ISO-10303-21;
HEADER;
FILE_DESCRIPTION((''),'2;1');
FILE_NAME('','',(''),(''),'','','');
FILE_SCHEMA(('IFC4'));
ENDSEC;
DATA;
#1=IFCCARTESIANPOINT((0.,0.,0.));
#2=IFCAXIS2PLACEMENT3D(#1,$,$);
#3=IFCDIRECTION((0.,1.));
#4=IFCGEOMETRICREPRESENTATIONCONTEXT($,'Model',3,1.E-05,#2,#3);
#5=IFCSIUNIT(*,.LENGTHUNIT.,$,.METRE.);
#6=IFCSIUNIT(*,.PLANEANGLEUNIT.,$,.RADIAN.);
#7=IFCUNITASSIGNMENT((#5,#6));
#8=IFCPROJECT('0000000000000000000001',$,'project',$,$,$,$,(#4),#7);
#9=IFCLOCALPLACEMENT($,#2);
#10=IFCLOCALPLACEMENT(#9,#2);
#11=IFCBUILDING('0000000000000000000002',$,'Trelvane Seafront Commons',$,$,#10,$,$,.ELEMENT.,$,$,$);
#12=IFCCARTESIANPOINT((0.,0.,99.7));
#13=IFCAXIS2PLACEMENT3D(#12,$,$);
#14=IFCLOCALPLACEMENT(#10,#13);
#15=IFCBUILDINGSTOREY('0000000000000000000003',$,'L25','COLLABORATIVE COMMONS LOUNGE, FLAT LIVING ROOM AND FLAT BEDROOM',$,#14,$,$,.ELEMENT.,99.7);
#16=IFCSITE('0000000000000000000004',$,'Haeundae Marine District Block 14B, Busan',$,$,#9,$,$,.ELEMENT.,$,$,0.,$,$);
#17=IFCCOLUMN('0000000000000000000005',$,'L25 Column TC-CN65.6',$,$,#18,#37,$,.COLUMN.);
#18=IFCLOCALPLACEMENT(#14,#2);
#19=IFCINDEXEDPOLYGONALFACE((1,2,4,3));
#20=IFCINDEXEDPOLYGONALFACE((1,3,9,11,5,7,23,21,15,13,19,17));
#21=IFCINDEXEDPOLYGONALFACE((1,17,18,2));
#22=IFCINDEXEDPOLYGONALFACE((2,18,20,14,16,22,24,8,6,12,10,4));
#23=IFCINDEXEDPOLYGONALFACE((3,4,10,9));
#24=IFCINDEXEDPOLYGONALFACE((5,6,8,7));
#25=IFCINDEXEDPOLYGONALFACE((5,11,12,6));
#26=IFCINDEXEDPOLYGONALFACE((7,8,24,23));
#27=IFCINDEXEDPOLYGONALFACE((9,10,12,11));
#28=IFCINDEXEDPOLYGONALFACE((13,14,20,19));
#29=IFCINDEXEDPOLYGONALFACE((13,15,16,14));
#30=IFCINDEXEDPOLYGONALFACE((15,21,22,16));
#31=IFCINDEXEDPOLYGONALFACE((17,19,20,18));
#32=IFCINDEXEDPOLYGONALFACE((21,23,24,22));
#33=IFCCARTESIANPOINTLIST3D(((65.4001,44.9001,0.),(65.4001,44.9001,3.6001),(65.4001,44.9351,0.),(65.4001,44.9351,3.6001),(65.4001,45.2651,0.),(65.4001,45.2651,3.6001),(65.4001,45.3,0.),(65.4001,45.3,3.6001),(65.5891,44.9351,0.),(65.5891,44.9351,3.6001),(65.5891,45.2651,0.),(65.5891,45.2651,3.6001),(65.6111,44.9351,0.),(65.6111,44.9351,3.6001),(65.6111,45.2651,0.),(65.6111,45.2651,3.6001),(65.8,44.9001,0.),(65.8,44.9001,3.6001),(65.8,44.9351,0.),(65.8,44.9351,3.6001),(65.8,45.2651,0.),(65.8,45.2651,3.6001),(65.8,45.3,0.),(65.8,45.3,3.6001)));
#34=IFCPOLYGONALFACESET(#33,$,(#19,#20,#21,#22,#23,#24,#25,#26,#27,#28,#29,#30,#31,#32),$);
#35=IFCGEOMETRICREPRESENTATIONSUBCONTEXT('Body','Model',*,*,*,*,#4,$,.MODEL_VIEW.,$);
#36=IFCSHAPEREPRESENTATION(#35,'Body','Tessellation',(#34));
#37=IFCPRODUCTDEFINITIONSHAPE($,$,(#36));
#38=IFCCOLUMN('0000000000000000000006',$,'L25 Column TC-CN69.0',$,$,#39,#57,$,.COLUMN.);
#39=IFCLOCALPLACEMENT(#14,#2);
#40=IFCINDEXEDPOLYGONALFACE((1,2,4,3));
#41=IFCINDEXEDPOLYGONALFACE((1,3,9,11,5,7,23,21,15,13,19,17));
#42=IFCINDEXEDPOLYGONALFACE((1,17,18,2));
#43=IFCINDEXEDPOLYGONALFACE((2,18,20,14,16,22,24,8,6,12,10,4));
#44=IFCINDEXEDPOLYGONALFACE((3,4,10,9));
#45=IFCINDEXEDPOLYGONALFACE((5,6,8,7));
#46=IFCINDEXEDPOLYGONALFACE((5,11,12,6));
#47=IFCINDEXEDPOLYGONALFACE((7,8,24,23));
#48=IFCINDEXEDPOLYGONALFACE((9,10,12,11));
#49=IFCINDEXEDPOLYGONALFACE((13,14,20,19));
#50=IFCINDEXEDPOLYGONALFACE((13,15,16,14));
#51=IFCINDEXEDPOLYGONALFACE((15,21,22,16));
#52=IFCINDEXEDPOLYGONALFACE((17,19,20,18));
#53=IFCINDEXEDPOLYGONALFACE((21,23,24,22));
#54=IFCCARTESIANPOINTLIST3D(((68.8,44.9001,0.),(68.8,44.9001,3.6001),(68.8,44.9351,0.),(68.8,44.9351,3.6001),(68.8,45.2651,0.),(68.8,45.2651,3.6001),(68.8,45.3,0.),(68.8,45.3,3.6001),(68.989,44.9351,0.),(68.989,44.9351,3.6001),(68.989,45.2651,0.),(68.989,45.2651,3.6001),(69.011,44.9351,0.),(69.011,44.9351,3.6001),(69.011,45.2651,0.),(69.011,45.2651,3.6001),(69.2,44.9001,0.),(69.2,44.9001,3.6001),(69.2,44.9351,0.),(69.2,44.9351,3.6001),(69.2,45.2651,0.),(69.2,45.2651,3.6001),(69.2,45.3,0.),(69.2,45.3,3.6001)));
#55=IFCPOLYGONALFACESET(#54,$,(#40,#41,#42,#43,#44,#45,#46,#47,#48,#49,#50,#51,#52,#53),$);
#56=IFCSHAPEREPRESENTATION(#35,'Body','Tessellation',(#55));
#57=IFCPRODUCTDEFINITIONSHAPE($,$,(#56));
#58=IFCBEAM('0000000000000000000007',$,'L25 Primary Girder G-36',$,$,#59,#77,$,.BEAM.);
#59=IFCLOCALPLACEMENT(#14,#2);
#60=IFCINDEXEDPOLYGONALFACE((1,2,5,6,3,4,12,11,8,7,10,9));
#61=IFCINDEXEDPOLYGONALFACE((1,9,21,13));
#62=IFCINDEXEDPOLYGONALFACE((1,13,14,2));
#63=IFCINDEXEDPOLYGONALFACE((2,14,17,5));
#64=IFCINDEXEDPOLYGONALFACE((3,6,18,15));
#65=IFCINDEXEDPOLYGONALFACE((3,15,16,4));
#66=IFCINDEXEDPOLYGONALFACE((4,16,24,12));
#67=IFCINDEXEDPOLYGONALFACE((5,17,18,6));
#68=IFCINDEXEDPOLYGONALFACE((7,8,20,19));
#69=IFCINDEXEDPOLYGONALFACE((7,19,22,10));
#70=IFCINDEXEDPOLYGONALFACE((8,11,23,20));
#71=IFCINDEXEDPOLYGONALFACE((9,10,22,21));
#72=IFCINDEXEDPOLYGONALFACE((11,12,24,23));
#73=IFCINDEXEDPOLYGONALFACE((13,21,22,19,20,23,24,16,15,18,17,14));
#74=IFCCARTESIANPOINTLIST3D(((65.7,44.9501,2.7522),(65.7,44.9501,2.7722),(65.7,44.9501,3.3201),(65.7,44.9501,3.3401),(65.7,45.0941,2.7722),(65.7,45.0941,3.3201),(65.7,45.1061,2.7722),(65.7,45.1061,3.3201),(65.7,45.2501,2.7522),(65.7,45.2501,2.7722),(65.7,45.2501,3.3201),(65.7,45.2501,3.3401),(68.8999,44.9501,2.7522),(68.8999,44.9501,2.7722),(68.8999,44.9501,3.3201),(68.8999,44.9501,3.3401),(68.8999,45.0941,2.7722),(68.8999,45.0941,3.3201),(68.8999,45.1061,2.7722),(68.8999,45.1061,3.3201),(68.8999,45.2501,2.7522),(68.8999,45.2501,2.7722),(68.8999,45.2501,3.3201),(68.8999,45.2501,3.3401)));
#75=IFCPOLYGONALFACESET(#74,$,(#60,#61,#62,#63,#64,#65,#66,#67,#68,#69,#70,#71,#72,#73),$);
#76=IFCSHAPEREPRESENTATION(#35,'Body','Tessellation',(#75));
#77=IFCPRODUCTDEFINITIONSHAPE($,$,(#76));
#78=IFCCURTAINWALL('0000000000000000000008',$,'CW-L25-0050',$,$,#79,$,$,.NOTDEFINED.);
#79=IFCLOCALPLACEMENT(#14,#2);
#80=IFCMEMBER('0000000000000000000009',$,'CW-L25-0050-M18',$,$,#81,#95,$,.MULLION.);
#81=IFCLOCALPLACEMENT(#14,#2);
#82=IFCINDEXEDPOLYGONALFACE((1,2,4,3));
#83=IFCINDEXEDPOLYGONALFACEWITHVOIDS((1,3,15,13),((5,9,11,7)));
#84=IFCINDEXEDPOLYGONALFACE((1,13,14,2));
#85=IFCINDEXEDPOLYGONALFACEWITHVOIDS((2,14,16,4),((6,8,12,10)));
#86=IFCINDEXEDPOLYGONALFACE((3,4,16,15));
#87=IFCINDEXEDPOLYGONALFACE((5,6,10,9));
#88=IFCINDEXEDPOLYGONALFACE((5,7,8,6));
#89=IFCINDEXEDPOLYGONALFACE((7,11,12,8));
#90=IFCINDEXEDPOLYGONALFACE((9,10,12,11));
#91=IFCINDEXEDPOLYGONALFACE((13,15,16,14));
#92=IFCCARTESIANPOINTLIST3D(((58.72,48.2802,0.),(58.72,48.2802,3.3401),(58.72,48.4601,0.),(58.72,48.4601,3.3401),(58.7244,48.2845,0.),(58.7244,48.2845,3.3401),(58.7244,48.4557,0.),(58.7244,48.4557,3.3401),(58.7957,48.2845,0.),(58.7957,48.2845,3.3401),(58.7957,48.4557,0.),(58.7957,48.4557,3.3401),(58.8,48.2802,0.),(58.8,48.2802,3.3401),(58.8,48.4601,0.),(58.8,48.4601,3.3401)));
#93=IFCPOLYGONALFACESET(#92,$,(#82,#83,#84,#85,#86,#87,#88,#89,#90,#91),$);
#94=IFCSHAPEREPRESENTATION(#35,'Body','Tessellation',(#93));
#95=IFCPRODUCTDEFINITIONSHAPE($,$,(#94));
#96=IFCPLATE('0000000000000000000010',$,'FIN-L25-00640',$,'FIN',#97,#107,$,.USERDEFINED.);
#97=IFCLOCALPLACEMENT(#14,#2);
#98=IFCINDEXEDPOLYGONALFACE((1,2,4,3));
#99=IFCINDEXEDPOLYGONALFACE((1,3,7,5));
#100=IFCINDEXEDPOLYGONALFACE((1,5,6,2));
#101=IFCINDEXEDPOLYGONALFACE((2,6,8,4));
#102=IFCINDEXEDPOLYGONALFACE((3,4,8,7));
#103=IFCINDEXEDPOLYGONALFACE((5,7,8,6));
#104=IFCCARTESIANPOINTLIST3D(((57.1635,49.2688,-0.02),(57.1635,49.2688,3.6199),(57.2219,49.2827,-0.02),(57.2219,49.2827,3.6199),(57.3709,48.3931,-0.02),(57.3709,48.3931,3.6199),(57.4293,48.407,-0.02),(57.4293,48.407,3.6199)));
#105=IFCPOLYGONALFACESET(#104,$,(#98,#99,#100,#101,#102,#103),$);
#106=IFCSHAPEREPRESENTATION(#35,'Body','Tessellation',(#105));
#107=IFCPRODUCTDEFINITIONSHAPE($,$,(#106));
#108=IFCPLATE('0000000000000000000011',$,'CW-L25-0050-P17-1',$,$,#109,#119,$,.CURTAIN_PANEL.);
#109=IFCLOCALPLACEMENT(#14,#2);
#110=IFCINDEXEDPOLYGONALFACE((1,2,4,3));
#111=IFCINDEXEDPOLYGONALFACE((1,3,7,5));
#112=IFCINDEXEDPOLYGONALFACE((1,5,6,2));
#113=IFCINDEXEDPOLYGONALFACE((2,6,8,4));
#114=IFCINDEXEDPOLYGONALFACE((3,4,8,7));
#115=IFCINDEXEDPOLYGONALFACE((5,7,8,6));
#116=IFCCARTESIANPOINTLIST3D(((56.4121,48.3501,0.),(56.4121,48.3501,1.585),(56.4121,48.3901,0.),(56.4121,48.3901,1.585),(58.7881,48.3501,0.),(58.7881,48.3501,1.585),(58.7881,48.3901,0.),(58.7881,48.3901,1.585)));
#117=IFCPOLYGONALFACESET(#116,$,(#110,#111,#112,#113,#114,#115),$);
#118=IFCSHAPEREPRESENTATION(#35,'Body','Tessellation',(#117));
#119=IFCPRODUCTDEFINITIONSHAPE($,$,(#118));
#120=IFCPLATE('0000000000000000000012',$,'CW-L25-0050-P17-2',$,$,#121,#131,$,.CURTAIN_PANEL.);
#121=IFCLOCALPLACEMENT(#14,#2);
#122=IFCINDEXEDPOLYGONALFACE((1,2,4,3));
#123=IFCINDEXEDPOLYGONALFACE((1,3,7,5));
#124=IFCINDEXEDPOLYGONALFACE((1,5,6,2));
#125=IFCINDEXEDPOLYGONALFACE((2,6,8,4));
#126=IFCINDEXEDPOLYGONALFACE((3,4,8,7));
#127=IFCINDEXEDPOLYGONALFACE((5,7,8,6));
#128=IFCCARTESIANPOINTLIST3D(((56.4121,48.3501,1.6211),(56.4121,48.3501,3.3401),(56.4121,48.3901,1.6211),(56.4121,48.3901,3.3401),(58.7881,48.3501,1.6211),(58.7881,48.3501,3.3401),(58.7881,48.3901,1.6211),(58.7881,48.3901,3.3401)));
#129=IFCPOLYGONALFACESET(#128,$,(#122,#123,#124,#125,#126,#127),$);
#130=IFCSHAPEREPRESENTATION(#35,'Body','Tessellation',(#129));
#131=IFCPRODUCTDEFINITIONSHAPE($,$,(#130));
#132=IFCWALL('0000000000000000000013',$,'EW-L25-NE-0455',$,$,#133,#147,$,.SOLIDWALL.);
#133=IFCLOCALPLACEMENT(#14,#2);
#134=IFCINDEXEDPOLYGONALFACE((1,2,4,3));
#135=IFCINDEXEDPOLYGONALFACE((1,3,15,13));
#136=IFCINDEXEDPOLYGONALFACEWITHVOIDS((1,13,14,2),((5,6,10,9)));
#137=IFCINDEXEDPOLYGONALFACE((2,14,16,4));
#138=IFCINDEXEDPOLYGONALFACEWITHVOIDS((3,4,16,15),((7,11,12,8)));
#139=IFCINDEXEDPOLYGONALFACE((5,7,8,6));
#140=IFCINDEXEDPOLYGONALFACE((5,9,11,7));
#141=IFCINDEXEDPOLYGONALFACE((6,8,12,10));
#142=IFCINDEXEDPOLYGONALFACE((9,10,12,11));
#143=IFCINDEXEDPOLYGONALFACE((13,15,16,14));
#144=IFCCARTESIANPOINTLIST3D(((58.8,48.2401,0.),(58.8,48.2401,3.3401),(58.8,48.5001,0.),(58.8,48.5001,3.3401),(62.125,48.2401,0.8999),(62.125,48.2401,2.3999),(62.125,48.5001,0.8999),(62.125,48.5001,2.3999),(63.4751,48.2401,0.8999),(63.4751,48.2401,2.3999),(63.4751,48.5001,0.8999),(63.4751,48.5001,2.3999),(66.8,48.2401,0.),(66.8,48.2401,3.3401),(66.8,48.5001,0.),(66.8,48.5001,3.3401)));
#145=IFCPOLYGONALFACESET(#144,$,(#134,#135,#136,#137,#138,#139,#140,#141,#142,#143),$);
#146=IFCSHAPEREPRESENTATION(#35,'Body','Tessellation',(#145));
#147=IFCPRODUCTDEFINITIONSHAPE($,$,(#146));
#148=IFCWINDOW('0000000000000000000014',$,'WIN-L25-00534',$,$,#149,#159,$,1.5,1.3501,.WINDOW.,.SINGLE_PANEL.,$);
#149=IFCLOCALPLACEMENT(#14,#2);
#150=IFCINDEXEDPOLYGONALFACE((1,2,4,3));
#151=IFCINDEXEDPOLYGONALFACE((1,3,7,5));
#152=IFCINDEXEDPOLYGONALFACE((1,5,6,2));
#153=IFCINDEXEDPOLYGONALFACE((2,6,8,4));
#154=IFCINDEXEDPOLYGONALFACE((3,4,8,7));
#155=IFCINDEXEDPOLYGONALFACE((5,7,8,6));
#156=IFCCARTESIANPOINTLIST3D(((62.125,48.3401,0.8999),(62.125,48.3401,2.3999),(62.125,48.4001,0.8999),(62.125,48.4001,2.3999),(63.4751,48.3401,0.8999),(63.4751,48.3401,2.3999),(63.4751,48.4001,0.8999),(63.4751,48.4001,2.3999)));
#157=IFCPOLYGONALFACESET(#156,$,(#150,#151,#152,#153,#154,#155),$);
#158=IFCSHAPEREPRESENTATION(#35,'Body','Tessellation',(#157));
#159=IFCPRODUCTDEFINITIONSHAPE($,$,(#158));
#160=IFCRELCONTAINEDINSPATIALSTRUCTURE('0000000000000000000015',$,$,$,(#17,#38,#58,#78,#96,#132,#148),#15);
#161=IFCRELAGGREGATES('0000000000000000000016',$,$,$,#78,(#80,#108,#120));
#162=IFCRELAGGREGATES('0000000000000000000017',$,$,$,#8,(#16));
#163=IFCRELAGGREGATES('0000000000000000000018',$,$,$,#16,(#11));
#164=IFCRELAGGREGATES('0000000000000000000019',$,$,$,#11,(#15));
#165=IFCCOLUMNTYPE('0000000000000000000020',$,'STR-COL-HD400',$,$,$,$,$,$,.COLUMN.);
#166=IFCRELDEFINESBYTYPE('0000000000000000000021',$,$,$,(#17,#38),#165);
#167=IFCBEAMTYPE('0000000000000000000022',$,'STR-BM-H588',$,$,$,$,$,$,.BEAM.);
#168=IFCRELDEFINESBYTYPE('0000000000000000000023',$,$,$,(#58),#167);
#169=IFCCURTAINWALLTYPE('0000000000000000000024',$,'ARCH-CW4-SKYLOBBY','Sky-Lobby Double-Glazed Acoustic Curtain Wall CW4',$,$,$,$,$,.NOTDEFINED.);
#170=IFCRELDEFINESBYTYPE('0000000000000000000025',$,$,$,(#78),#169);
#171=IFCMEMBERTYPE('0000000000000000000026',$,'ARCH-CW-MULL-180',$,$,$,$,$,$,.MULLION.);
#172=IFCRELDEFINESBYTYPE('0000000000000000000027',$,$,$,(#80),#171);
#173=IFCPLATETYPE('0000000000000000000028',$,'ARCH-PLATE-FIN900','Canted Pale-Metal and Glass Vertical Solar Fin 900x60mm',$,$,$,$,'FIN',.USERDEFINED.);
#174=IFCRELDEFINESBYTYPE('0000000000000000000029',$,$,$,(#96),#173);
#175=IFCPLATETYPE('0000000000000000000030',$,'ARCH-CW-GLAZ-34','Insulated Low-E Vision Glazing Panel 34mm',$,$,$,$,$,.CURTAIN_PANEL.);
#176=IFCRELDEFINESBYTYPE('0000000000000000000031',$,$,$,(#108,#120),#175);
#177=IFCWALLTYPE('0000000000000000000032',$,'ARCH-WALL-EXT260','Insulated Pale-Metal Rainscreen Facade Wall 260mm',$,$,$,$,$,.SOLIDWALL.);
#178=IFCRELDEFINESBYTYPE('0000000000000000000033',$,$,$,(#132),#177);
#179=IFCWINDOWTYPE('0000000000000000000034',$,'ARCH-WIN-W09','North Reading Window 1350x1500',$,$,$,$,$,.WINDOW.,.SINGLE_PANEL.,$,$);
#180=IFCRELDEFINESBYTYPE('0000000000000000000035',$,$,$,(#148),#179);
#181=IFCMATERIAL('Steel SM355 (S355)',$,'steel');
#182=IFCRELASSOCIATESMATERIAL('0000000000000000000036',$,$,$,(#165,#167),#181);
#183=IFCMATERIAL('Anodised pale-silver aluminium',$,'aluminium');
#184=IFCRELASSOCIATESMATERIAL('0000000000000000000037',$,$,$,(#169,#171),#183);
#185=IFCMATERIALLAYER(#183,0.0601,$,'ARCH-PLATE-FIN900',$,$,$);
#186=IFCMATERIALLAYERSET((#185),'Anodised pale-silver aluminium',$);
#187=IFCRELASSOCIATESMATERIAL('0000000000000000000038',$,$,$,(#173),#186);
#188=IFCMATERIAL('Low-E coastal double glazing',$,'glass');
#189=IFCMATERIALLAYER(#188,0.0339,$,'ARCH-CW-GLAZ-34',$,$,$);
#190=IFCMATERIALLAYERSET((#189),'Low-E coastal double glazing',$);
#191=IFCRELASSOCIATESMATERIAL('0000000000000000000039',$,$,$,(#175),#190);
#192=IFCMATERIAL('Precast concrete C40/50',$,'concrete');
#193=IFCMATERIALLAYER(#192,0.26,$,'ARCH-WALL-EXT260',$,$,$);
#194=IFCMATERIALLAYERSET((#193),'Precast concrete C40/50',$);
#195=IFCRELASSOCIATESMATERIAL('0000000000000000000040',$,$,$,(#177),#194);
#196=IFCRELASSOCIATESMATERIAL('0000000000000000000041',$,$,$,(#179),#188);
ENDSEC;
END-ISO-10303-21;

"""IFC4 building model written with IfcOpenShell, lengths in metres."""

from ifc_helpers import new_model, si_unit, direction, frame, frame_2d, origin, origin_2d, place, context, subcontext, project, spatial, rectangle, hollow_rectangle, i_section, extrude, source, transform, mapped, material, layer, layer_set, material_profile, profile_set, type_object, element, fill, aggregate, save


model = new_model("IFC4")

# Units and contexts
model_context = context("Model", 3, precision=1e-05, world=origin(), true_north=direction((0.0, 1.0)))
body_context = subcontext(model_context, "Body", "Model", "MODEL_VIEW")
ifc_project = project(units=[si_unit("LENGTHUNIT", "METRE"), si_unit("PLANEANGLEUNIT", "RADIAN")], contexts=[model_context])

# Site, building, storey
site_placement = place(None, origin())
site = spatial("IfcSite", under=ifc_project, at=site_placement, Name="Haeundae Marine District Block 14B, Busan", CompositionType="ELEMENT", RefElevation=0.0)
building_placement = place(site_placement, origin())
building = spatial("IfcBuilding", under=site, at=building_placement, Name="Trelvane Seafront Commons", CompositionType="ELEMENT")
storey_placement = place(building_placement, frame((0.0, 0.0, 99.7)))
storey = spatial("IfcBuildingStorey", under=building, at=storey_placement, Name="L25", Description="COLLABORATIVE COMMONS LOUNGE, FLAT LIVING ROOM AND FLAT BEDROOM", CompositionType="ELEMENT", Elevation=99.7)

# Columns
ifc_material_1 = material(Name="Steel SM355 (S355)", Category="steel")
ifc_material_profile_1 = material_profile(ifc_material_1, i_section(OverallWidth=0.3999, OverallDepth=0.3999, WebThickness=0.022, FlangeThickness=0.0349, at=origin_2d()), Name="HD-400x400x22x35")
ifc_profile_set_1 = profile_set([ifc_material_profile_1], Name="Steel SM355 (S355)")
column_type = type_object("IfcColumnType", Name="STR-COL-HD400", PredefinedType="COLUMN", material=ifc_profile_set_1)
shared_shape_1 = source(origin(), body_context, "Body", "SweptSolid", [
    extrude(i_section(OverallWidth=0.3999, OverallDepth=0.3999, WebThickness=0.022, FlangeThickness=0.0349, at=origin_2d()), origin(), (0.0, 0.0, 1.0), 3.6001),
])
for number, where, z_axis, x_axis, name in (
    (1, (65.6001, 45.1001, 0.0), (0.0, 0.0, 1.0), (1.0, 0.0, 0.0), "L25 Column TC-CN65.6"),
    (2, (69.0, 45.1001, 0.0), (0.0, 0.0, 1.0), (1.0, 0.0, 0.0), "L25 Column TC-CN69.0"),
):
    element("IfcColumn", number, at=place(storey_placement, frame(where, z_axis=z_axis, x_axis=x_axis)), inside=storey, type_object=column_type, Name=name, PredefinedType="COLUMN", context=body_context, shape_type="MappedRepresentation", body=[
        mapped(shared_shape_1, transform((0.0, 0.0, 0.0), x_axis=(1.0, 0.0, 0.0), y_axis=(0.0, 1.0, 0.0), z_axis=(0.0, 0.0, 1.0), scale=1.0)),
    ])

# Beam
ifc_material_profile_2 = material_profile(ifc_material_1, i_section(OverallWidth=0.3, OverallDepth=0.5879, WebThickness=0.012, FlangeThickness=0.02, at=origin_2d()), Name="H-588x300x12x20")
ifc_profile_set_2 = profile_set([ifc_material_profile_2], Name="Steel SM355 (S355)")
beam_type = type_object("IfcBeamType", Name="STR-BM-H588", PredefinedType="BEAM", material=ifc_profile_set_2)
shared_shape_2 = source(origin(), body_context, "Body", "SweptSolid", [
    extrude(i_section(OverallWidth=0.3, OverallDepth=0.5879, WebThickness=0.012, FlangeThickness=0.02, at=origin_2d()), origin(), (0.0, 0.0, 1.0), 3.2),
])
beam_placement = place(storey_placement, frame((65.7, 45.1001, 3.0461), z_axis=(1.0, 0.0, 0.0), x_axis=(0.0, 1.0, 0.0)))
element("IfcBeam", 3, at=beam_placement, inside=storey, type_object=beam_type, Name="L25 Primary Girder G-36", PredefinedType="BEAM", context=body_context, shape_type="MappedRepresentation", body=[
    mapped(shared_shape_2, transform((0.0, 0.0, 0.0), x_axis=(1.0, 0.0, 0.0), y_axis=(0.0, 1.0, 0.0), z_axis=(0.0, 0.0, 1.0), scale=1.0)),
])

# Curtain wall, member
ifc_material_2 = material(Name="Anodised pale-silver aluminium", Category="aluminium")
curtain_wall_type = type_object("IfcCurtainWallType", Name="ARCH-CW4-SKYLOBBY", Description="Sky-Lobby Double-Glazed Acoustic Curtain Wall CW4", PredefinedType="NOTDEFINED", material=ifc_material_2)
curtain_wall_placement = place(storey_placement, origin())
curtain_wall = element("IfcCurtainWall", 4, at=curtain_wall_placement, inside=storey, type_object=curtain_wall_type, Name="CW-L25-0050", PredefinedType="NOTDEFINED")
ifc_material_profile_3 = material_profile(ifc_material_2, hollow_rectangle(XDim=0.0801, YDim=0.1799, WallThickness=0.0044, at=origin_2d()), Name="MULL-80x180x4.5")
ifc_profile_set_3 = profile_set([ifc_material_profile_3], Name="Anodised pale-silver aluminium")
member_type = type_object("IfcMemberType", Name="ARCH-CW-MULL-180", PredefinedType="MULLION", material=ifc_profile_set_3)
shared_shape_3 = source(origin(), body_context, "Body", "SweptSolid", [
    extrude(hollow_rectangle(XDim=0.0801, YDim=0.1799, WallThickness=0.0044, at=origin_2d()), origin(), (0.0, 0.0, 1.0), 3.3401),
])
member_placement = place(storey_placement, frame((58.76, 48.3701, 0.0), z_axis=(0.0, 0.0, 1.0), x_axis=(1.0, 0.0, 0.0)))
member = element("IfcMember", 5, at=member_placement, type_object=member_type, Name="CW-L25-0050-M18", PredefinedType="MULLION", context=body_context, shape_type="MappedRepresentation", body=[
    mapped(shared_shape_3, transform((0.0, 0.0, 0.0), x_axis=(1.0, 0.0, 0.0), y_axis=(0.0, 1.0, 0.0), z_axis=(0.0, 0.0, 1.0), scale=1.0)),
])

# Plates
ifc_layer_1 = layer(ifc_material_2, 0.0601, Name="ARCH-PLATE-FIN900")
ifc_layer_set_1 = layer_set([ifc_layer_1], Name="Anodised pale-silver aluminium")
plate_type_1 = type_object("IfcPlateType", Name="ARCH-PLATE-FIN900", Description="Canted Pale-Metal and Glass Vertical Solar Fin 900x60mm", ElementType="FIN", PredefinedType="USERDEFINED", material=ifc_layer_set_1)
shared_shape_4 = source(origin(), body_context, "Body", "SweptSolid", [
    extrude(rectangle(XDim=0.8999, YDim=0.0601, at=origin_2d()), origin(), (0.0, 0.0, 1.0), 3.6399),
])
plate_1_placement = place(storey_placement, frame((57.2964, 48.8379, -0.02), z_axis=(0.0, 0.0, 1.0), x_axis=(-0.230439, 0.973087, 0.0)))
element("IfcPlate", 6, at=plate_1_placement, inside=storey, type_object=plate_type_1, Name="FIN-L25-00640", ObjectType="FIN", PredefinedType="USERDEFINED", context=body_context, shape_type="MappedRepresentation", body=[
    mapped(shared_shape_4, transform((0.0, 0.0, 0.0), x_axis=(1.0, 0.0, 0.0), y_axis=(0.0, 1.0, 0.0), z_axis=(0.0, 0.0, 1.0), scale=1.0)),
])
ifc_material_3 = material(Name="Low-E coastal double glazing", Category="glass")
ifc_layer_2 = layer(ifc_material_3, 0.0339, Name="ARCH-CW-GLAZ-34")
ifc_layer_set_2 = layer_set([ifc_layer_2], Name="Low-E coastal double glazing")
plate_type_2 = type_object("IfcPlateType", Name="ARCH-CW-GLAZ-34", Description="Insulated Low-E Vision Glazing Panel 34mm", PredefinedType="CURTAIN_PANEL", material=ifc_layer_set_2)
shared_shape_5 = source(origin(), body_context, "Body", "SweptSolid", [
    extrude(rectangle(XDim=2.376, YDim=0.04, at=origin_2d()), origin(), (0.0, 0.0, 1.0), 1.585),
])
plate_2_placement = place(storey_placement, frame((57.6001, 48.3701, 0.0), z_axis=(0.0, 0.0, 1.0), x_axis=(1.0, 0.0, 0.0)))
plate_2 = element("IfcPlate", 7, at=plate_2_placement, type_object=plate_type_2, Name="CW-L25-0050-P17-1", PredefinedType="CURTAIN_PANEL", context=body_context, shape_type="MappedRepresentation", body=[
    mapped(shared_shape_5, transform((0.0, 0.0, 0.0), x_axis=(1.0, 0.0, 0.0), y_axis=(0.0, 1.0, 0.0), z_axis=(0.0, 0.0, 1.0), scale=1.0)),
])
shared_shape_6 = source(origin(), body_context, "Body", "SweptSolid", [
    extrude(rectangle(XDim=2.376, YDim=0.04, at=origin_2d()), origin(), (0.0, 0.0, 1.0), 1.719),
])
plate_3_placement = place(storey_placement, frame((57.6001, 48.3701, 1.6211), z_axis=(0.0, 0.0, 1.0), x_axis=(1.0, 0.0, 0.0)))
plate_3 = element("IfcPlate", 8, at=plate_3_placement, type_object=plate_type_2, Name="CW-L25-0050-P17-2", PredefinedType="CURTAIN_PANEL", context=body_context, shape_type="MappedRepresentation", body=[
    mapped(shared_shape_6, transform((0.0, 0.0, 0.0), x_axis=(1.0, 0.0, 0.0), y_axis=(0.0, 1.0, 0.0), z_axis=(0.0, 0.0, 1.0), scale=1.0)),
])
aggregate(curtain_wall, [member, plate_2, plate_3])

# Wall, opening, window
ifc_material_4 = material(Name="Precast concrete C40/50", Category="concrete")
ifc_layer_3 = layer(ifc_material_4, 0.26, Name="ARCH-WALL-EXT260")
ifc_layer_set_3 = layer_set([ifc_layer_3], Name="Precast concrete C40/50")
wall_type = type_object("IfcWallType", Name="ARCH-WALL-EXT260", Description="Insulated Pale-Metal Rainscreen Facade Wall 260mm", PredefinedType="SOLIDWALL", material=ifc_layer_set_3)
wall_1_placement = place(storey_placement, frame((58.8, 48.3701, 0.0), z_axis=(0.0, 0.0, 1.0), x_axis=(1.0, 0.0, 0.0)))
wall_1 = element("IfcWall", 9, at=wall_1_placement, inside=storey, type_object=wall_type, Name="EW-L25-NE-0455", PredefinedType="SOLIDWALL", context=body_context, shape_type="SweptSolid", body=[
    extrude(rectangle(XDim=8.0, YDim=0.26, at=frame_2d((4.0, 0.0))), origin(), (0.0, 0.0, 1.0), 3.3401),
])
opening_1_placement = place(wall_1_placement, frame((3.325, 0.0, 0.8999)))
opening_1 = element("IfcOpeningElement", 10, at=opening_1_placement, cuts=wall_1, PredefinedType="OPENING", context=body_context, shape_type="SweptSolid", body=[
    extrude(rectangle(XDim=1.3501, YDim=1.5, at=frame_2d((0.675, 0.75))), frame((0.0, 0.1399, 0.0), z_axis=(0.0, -1.0, 0.0), x_axis=(1.0, 0.0, 0.0)), (0.0, 0.0, 1.0), 0.28),
])
window_type_1 = type_object("IfcWindowType", Name="ARCH-WIN-W09", Description="North Reading Window 1350x1500", PartitioningType="SINGLE_PANEL", PredefinedType="WINDOW", material=ifc_material_3)
shared_shape_7 = source(origin(), body_context, "Body", "SweptSolid", [
    extrude(rectangle(XDim=1.3501, YDim=1.5, at=frame_2d((0.675, 0.75))), frame((0.0, 0.03, 0.0), z_axis=(0.0, -1.0, 0.0), x_axis=(1.0, 0.0, 0.0)), (0.0, 0.0, 1.0), 0.0601),
])
window_1_placement = place(opening_1_placement, origin())
window_1 = element("IfcWindow", 11, at=window_1_placement, inside=storey, type_object=window_type_1, Name="WIN-L25-00534", OverallHeight=1.5, OverallWidth=1.3501, PartitioningType="SINGLE_PANEL", PredefinedType="WINDOW", context=body_context, shape_type="MappedRepresentation", body=[
    mapped(shared_shape_7, transform((0.0, 0.0, 0.0), x_axis=(1.0, 0.0, 0.0), y_axis=(0.0, 1.0, 0.0), z_axis=(0.0, 0.0, 1.0), scale=1.0)),
])
fill(opening_1, window_1)

save(model, "model.ifc")
